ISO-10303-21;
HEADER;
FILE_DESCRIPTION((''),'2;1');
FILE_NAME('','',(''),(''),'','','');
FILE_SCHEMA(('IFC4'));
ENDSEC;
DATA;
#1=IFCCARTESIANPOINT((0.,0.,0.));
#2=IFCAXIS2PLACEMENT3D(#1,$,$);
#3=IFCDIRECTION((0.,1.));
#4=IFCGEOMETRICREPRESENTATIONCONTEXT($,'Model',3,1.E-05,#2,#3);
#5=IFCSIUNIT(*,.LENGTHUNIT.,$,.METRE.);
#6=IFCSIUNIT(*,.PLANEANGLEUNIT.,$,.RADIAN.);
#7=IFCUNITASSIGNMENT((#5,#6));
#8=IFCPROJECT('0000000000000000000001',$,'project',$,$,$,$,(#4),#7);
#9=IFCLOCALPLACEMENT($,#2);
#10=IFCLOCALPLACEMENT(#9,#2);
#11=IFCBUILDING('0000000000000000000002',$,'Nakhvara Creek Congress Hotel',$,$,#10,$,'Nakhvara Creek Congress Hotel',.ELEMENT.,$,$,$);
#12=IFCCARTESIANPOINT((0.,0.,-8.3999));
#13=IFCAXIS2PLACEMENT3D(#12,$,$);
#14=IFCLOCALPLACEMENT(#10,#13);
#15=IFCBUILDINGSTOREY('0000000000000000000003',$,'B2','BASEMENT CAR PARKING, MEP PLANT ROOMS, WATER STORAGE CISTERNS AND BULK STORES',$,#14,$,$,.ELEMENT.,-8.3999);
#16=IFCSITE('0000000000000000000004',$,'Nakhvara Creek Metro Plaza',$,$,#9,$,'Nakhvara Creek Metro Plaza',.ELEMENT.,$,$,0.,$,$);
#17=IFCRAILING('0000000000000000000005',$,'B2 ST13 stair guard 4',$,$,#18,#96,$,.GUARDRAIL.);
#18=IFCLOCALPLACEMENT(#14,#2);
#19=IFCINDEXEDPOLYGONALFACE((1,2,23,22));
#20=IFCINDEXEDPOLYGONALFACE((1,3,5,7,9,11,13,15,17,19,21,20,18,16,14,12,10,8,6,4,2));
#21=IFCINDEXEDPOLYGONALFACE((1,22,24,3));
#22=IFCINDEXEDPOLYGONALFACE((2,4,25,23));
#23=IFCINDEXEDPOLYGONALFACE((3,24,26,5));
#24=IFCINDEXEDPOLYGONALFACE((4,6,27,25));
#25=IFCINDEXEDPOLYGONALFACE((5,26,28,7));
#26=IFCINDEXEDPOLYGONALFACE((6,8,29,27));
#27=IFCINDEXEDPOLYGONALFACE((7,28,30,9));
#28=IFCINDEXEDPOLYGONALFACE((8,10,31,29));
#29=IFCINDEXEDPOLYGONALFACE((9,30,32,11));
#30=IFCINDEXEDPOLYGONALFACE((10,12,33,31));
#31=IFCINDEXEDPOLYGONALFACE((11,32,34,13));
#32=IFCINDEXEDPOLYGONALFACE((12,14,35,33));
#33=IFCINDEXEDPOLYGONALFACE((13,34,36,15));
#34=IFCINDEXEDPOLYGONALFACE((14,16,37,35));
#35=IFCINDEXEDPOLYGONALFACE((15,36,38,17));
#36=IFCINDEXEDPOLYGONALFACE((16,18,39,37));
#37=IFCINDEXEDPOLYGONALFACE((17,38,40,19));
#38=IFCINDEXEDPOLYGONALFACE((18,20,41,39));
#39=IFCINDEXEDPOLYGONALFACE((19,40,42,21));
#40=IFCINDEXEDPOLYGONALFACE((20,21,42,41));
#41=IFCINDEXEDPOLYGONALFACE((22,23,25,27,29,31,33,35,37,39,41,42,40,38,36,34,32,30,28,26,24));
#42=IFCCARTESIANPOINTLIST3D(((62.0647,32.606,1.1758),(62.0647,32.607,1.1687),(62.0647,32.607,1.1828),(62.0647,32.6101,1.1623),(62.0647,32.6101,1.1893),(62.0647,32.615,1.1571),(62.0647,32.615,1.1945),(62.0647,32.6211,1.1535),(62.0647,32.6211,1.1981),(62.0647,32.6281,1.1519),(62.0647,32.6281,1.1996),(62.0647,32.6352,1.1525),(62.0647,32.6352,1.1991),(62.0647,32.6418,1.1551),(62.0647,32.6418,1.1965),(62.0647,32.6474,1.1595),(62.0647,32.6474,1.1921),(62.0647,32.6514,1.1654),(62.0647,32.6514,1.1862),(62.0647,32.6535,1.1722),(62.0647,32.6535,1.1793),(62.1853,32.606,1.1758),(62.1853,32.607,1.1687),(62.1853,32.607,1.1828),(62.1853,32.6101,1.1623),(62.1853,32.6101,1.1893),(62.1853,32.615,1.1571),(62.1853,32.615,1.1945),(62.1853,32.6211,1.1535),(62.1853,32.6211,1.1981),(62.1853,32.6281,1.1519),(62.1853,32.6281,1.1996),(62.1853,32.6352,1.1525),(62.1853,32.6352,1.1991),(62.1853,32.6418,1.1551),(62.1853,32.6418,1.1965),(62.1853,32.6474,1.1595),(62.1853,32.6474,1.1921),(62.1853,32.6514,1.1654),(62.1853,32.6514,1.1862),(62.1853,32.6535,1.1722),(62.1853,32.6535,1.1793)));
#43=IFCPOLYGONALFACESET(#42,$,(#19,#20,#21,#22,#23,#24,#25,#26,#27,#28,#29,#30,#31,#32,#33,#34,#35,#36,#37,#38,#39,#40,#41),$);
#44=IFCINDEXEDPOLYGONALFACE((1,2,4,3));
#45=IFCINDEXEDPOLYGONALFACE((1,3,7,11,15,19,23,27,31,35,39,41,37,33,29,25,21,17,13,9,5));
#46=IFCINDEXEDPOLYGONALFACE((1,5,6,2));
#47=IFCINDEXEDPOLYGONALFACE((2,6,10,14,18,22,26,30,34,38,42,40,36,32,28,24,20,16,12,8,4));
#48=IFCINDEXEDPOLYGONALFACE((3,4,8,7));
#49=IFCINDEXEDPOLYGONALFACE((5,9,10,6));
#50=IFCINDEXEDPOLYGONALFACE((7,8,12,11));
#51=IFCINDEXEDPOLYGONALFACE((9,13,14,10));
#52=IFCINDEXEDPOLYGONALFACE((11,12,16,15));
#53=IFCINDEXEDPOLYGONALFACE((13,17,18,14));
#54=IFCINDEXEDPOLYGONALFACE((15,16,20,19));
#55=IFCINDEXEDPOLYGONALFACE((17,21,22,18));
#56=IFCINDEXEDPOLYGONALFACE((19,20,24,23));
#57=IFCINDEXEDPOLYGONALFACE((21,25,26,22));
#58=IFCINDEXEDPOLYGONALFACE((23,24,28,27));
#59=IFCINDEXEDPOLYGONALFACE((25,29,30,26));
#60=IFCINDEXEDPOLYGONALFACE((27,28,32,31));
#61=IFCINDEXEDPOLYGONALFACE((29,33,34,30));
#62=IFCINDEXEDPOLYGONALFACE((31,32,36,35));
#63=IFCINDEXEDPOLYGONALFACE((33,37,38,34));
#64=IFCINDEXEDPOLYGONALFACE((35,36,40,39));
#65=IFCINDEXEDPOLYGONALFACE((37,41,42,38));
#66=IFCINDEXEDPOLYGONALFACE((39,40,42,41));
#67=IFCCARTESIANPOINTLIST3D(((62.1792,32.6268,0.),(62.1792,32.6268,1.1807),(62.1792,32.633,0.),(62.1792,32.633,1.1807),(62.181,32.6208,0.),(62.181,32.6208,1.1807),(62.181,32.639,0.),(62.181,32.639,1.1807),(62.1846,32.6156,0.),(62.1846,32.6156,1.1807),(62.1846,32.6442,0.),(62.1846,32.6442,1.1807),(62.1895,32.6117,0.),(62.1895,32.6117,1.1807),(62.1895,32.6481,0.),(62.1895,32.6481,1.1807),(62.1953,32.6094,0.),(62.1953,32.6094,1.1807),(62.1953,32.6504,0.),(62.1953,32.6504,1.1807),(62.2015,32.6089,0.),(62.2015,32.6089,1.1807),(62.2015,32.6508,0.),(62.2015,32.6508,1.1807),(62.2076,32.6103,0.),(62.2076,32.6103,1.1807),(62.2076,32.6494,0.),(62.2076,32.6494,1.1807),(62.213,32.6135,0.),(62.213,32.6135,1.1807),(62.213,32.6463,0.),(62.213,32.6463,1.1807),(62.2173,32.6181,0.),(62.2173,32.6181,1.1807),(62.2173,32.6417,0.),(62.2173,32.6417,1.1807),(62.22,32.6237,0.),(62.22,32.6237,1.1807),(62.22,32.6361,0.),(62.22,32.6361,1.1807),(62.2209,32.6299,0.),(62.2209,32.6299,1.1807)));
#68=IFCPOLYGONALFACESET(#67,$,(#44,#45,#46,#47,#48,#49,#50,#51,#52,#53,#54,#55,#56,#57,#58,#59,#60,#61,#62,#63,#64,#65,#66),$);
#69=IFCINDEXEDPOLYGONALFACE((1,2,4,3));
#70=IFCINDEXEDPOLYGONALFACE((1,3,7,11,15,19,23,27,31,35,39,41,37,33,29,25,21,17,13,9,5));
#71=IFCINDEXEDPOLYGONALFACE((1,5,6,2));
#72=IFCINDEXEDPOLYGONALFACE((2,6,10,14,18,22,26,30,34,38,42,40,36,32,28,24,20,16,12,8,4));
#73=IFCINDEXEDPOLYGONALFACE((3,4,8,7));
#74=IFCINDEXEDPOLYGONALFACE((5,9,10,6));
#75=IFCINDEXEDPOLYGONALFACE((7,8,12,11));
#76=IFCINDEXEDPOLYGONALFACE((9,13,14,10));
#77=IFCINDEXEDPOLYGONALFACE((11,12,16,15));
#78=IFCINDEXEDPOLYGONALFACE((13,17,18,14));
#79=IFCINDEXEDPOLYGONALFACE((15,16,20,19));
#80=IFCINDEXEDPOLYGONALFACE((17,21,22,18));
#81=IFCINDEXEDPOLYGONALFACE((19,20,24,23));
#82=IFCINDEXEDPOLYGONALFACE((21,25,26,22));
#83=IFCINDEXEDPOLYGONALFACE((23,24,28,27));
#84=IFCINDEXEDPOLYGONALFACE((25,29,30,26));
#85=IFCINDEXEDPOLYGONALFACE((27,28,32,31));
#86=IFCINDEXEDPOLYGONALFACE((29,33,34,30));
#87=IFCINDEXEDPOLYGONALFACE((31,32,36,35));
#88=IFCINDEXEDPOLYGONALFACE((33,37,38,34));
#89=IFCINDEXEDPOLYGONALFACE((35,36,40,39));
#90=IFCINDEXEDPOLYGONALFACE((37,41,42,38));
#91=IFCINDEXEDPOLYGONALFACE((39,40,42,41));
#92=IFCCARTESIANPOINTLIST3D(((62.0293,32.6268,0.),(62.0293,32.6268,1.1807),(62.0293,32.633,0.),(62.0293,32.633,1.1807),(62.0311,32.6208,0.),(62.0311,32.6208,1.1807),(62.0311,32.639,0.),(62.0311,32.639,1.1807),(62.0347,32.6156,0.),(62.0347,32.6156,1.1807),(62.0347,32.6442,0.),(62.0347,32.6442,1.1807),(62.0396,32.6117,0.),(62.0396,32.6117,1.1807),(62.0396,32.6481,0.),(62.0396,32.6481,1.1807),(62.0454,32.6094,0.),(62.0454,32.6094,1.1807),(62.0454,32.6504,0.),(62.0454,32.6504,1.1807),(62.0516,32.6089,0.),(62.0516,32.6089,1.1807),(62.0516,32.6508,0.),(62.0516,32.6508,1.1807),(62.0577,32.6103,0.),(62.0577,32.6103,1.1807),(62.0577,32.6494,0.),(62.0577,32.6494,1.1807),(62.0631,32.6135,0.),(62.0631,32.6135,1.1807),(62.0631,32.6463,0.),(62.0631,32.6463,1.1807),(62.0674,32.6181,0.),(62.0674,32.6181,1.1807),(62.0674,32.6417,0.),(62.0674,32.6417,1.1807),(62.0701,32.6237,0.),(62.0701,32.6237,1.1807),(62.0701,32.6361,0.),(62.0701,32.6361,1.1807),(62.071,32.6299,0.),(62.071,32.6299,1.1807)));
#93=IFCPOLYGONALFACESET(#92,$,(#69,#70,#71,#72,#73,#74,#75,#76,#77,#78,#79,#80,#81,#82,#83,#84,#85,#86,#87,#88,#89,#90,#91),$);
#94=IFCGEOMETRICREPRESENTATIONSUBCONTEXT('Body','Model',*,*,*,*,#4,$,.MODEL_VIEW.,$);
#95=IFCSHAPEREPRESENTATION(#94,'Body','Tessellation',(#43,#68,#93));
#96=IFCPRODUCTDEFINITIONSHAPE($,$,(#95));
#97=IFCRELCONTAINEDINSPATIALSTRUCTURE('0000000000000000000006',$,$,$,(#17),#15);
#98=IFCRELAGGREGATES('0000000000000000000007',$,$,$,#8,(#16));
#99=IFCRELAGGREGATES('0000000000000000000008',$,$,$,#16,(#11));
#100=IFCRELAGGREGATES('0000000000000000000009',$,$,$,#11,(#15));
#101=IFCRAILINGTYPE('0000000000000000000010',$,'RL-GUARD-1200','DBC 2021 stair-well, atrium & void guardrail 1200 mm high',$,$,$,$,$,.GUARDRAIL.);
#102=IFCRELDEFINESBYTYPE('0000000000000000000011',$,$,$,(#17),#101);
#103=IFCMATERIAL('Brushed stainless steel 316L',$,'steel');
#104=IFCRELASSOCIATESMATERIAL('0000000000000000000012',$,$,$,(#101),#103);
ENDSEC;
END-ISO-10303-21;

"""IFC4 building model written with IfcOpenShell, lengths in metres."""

from ifc_helpers import new_model, si_unit, direction, frame, origin, origin_2d, place, context, subcontext, project, spatial, circle, extrude, material, type_object, element, save


model = new_model("IFC4")

# Units and contexts
model_context = context("Model", 3, precision=1e-05, world=origin(), true_north=direction((0.0, 1.0)))
body_context = subcontext(model_context, "Body", "Model", "MODEL_VIEW")
ifc_project = project(units=[si_unit("LENGTHUNIT", "METRE"), si_unit("PLANEANGLEUNIT", "RADIAN")], contexts=[model_context])

# Site, building, storey
site_placement = place(None, origin())
site = spatial("IfcSite", under=ifc_project, at=site_placement, Name="Nakhvara Creek Metro Plaza", LongName="Nakhvara Creek Metro Plaza", CompositionType="ELEMENT", RefElevation=0.0)
building_placement = place(site_placement, origin())
building = spatial("IfcBuilding", under=site, at=building_placement, Name="Nakhvara Creek Congress Hotel", LongName="Nakhvara Creek Congress Hotel", CompositionType="ELEMENT")
storey_placement = place(building_placement, frame((0.0, 0.0, -8.3999)))
storey = spatial("IfcBuildingStorey", under=building, at=storey_placement, Name="B2", Description="BASEMENT CAR PARKING, MEP PLANT ROOMS, WATER STORAGE CISTERNS AND BULK STORES", CompositionType="ELEMENT", Elevation=-8.3999)

# Railing
ifc_material_1 = material(Name="Brushed stainless steel 316L", Category="steel")
railing_type_1 = type_object("IfcRailingType", Name="RL-GUARD-1200", Description="DBC 2021 stair-well, atrium & void guardrail 1200 mm high", PredefinedType="GUARDRAIL", material=ifc_material_1)
railing_1_placement = place(storey_placement, frame((62.2, 32.6299, 0.0)))
element("IfcRailing", 1, at=railing_1_placement, inside=storey, type_object=railing_type_1, Name="B2 ST13 stair guard 4", PredefinedType="GUARDRAIL", context=body_context, shape_type="SweptSolid", body=[
    extrude(circle(Radius=0.0239, at=origin_2d()), frame((-0.0146, 0.0, 1.1758), z_axis=(-1.0, 0.0, 0.0), x_axis=(0.0, -1.0, 0.0)), (0.0, 0.0, 1.0), 0.1206),
    extrude(circle(Radius=0.021, at=origin_2d()), origin(), (0.0, 0.0, 1.0), 1.1807),
    extrude(circle(Radius=0.021, at=origin_2d()), frame((-0.1499, 0.0, 0.0)), (0.0, 0.0, 1.0), 1.1807),
])

save(model, "model.ifc")
